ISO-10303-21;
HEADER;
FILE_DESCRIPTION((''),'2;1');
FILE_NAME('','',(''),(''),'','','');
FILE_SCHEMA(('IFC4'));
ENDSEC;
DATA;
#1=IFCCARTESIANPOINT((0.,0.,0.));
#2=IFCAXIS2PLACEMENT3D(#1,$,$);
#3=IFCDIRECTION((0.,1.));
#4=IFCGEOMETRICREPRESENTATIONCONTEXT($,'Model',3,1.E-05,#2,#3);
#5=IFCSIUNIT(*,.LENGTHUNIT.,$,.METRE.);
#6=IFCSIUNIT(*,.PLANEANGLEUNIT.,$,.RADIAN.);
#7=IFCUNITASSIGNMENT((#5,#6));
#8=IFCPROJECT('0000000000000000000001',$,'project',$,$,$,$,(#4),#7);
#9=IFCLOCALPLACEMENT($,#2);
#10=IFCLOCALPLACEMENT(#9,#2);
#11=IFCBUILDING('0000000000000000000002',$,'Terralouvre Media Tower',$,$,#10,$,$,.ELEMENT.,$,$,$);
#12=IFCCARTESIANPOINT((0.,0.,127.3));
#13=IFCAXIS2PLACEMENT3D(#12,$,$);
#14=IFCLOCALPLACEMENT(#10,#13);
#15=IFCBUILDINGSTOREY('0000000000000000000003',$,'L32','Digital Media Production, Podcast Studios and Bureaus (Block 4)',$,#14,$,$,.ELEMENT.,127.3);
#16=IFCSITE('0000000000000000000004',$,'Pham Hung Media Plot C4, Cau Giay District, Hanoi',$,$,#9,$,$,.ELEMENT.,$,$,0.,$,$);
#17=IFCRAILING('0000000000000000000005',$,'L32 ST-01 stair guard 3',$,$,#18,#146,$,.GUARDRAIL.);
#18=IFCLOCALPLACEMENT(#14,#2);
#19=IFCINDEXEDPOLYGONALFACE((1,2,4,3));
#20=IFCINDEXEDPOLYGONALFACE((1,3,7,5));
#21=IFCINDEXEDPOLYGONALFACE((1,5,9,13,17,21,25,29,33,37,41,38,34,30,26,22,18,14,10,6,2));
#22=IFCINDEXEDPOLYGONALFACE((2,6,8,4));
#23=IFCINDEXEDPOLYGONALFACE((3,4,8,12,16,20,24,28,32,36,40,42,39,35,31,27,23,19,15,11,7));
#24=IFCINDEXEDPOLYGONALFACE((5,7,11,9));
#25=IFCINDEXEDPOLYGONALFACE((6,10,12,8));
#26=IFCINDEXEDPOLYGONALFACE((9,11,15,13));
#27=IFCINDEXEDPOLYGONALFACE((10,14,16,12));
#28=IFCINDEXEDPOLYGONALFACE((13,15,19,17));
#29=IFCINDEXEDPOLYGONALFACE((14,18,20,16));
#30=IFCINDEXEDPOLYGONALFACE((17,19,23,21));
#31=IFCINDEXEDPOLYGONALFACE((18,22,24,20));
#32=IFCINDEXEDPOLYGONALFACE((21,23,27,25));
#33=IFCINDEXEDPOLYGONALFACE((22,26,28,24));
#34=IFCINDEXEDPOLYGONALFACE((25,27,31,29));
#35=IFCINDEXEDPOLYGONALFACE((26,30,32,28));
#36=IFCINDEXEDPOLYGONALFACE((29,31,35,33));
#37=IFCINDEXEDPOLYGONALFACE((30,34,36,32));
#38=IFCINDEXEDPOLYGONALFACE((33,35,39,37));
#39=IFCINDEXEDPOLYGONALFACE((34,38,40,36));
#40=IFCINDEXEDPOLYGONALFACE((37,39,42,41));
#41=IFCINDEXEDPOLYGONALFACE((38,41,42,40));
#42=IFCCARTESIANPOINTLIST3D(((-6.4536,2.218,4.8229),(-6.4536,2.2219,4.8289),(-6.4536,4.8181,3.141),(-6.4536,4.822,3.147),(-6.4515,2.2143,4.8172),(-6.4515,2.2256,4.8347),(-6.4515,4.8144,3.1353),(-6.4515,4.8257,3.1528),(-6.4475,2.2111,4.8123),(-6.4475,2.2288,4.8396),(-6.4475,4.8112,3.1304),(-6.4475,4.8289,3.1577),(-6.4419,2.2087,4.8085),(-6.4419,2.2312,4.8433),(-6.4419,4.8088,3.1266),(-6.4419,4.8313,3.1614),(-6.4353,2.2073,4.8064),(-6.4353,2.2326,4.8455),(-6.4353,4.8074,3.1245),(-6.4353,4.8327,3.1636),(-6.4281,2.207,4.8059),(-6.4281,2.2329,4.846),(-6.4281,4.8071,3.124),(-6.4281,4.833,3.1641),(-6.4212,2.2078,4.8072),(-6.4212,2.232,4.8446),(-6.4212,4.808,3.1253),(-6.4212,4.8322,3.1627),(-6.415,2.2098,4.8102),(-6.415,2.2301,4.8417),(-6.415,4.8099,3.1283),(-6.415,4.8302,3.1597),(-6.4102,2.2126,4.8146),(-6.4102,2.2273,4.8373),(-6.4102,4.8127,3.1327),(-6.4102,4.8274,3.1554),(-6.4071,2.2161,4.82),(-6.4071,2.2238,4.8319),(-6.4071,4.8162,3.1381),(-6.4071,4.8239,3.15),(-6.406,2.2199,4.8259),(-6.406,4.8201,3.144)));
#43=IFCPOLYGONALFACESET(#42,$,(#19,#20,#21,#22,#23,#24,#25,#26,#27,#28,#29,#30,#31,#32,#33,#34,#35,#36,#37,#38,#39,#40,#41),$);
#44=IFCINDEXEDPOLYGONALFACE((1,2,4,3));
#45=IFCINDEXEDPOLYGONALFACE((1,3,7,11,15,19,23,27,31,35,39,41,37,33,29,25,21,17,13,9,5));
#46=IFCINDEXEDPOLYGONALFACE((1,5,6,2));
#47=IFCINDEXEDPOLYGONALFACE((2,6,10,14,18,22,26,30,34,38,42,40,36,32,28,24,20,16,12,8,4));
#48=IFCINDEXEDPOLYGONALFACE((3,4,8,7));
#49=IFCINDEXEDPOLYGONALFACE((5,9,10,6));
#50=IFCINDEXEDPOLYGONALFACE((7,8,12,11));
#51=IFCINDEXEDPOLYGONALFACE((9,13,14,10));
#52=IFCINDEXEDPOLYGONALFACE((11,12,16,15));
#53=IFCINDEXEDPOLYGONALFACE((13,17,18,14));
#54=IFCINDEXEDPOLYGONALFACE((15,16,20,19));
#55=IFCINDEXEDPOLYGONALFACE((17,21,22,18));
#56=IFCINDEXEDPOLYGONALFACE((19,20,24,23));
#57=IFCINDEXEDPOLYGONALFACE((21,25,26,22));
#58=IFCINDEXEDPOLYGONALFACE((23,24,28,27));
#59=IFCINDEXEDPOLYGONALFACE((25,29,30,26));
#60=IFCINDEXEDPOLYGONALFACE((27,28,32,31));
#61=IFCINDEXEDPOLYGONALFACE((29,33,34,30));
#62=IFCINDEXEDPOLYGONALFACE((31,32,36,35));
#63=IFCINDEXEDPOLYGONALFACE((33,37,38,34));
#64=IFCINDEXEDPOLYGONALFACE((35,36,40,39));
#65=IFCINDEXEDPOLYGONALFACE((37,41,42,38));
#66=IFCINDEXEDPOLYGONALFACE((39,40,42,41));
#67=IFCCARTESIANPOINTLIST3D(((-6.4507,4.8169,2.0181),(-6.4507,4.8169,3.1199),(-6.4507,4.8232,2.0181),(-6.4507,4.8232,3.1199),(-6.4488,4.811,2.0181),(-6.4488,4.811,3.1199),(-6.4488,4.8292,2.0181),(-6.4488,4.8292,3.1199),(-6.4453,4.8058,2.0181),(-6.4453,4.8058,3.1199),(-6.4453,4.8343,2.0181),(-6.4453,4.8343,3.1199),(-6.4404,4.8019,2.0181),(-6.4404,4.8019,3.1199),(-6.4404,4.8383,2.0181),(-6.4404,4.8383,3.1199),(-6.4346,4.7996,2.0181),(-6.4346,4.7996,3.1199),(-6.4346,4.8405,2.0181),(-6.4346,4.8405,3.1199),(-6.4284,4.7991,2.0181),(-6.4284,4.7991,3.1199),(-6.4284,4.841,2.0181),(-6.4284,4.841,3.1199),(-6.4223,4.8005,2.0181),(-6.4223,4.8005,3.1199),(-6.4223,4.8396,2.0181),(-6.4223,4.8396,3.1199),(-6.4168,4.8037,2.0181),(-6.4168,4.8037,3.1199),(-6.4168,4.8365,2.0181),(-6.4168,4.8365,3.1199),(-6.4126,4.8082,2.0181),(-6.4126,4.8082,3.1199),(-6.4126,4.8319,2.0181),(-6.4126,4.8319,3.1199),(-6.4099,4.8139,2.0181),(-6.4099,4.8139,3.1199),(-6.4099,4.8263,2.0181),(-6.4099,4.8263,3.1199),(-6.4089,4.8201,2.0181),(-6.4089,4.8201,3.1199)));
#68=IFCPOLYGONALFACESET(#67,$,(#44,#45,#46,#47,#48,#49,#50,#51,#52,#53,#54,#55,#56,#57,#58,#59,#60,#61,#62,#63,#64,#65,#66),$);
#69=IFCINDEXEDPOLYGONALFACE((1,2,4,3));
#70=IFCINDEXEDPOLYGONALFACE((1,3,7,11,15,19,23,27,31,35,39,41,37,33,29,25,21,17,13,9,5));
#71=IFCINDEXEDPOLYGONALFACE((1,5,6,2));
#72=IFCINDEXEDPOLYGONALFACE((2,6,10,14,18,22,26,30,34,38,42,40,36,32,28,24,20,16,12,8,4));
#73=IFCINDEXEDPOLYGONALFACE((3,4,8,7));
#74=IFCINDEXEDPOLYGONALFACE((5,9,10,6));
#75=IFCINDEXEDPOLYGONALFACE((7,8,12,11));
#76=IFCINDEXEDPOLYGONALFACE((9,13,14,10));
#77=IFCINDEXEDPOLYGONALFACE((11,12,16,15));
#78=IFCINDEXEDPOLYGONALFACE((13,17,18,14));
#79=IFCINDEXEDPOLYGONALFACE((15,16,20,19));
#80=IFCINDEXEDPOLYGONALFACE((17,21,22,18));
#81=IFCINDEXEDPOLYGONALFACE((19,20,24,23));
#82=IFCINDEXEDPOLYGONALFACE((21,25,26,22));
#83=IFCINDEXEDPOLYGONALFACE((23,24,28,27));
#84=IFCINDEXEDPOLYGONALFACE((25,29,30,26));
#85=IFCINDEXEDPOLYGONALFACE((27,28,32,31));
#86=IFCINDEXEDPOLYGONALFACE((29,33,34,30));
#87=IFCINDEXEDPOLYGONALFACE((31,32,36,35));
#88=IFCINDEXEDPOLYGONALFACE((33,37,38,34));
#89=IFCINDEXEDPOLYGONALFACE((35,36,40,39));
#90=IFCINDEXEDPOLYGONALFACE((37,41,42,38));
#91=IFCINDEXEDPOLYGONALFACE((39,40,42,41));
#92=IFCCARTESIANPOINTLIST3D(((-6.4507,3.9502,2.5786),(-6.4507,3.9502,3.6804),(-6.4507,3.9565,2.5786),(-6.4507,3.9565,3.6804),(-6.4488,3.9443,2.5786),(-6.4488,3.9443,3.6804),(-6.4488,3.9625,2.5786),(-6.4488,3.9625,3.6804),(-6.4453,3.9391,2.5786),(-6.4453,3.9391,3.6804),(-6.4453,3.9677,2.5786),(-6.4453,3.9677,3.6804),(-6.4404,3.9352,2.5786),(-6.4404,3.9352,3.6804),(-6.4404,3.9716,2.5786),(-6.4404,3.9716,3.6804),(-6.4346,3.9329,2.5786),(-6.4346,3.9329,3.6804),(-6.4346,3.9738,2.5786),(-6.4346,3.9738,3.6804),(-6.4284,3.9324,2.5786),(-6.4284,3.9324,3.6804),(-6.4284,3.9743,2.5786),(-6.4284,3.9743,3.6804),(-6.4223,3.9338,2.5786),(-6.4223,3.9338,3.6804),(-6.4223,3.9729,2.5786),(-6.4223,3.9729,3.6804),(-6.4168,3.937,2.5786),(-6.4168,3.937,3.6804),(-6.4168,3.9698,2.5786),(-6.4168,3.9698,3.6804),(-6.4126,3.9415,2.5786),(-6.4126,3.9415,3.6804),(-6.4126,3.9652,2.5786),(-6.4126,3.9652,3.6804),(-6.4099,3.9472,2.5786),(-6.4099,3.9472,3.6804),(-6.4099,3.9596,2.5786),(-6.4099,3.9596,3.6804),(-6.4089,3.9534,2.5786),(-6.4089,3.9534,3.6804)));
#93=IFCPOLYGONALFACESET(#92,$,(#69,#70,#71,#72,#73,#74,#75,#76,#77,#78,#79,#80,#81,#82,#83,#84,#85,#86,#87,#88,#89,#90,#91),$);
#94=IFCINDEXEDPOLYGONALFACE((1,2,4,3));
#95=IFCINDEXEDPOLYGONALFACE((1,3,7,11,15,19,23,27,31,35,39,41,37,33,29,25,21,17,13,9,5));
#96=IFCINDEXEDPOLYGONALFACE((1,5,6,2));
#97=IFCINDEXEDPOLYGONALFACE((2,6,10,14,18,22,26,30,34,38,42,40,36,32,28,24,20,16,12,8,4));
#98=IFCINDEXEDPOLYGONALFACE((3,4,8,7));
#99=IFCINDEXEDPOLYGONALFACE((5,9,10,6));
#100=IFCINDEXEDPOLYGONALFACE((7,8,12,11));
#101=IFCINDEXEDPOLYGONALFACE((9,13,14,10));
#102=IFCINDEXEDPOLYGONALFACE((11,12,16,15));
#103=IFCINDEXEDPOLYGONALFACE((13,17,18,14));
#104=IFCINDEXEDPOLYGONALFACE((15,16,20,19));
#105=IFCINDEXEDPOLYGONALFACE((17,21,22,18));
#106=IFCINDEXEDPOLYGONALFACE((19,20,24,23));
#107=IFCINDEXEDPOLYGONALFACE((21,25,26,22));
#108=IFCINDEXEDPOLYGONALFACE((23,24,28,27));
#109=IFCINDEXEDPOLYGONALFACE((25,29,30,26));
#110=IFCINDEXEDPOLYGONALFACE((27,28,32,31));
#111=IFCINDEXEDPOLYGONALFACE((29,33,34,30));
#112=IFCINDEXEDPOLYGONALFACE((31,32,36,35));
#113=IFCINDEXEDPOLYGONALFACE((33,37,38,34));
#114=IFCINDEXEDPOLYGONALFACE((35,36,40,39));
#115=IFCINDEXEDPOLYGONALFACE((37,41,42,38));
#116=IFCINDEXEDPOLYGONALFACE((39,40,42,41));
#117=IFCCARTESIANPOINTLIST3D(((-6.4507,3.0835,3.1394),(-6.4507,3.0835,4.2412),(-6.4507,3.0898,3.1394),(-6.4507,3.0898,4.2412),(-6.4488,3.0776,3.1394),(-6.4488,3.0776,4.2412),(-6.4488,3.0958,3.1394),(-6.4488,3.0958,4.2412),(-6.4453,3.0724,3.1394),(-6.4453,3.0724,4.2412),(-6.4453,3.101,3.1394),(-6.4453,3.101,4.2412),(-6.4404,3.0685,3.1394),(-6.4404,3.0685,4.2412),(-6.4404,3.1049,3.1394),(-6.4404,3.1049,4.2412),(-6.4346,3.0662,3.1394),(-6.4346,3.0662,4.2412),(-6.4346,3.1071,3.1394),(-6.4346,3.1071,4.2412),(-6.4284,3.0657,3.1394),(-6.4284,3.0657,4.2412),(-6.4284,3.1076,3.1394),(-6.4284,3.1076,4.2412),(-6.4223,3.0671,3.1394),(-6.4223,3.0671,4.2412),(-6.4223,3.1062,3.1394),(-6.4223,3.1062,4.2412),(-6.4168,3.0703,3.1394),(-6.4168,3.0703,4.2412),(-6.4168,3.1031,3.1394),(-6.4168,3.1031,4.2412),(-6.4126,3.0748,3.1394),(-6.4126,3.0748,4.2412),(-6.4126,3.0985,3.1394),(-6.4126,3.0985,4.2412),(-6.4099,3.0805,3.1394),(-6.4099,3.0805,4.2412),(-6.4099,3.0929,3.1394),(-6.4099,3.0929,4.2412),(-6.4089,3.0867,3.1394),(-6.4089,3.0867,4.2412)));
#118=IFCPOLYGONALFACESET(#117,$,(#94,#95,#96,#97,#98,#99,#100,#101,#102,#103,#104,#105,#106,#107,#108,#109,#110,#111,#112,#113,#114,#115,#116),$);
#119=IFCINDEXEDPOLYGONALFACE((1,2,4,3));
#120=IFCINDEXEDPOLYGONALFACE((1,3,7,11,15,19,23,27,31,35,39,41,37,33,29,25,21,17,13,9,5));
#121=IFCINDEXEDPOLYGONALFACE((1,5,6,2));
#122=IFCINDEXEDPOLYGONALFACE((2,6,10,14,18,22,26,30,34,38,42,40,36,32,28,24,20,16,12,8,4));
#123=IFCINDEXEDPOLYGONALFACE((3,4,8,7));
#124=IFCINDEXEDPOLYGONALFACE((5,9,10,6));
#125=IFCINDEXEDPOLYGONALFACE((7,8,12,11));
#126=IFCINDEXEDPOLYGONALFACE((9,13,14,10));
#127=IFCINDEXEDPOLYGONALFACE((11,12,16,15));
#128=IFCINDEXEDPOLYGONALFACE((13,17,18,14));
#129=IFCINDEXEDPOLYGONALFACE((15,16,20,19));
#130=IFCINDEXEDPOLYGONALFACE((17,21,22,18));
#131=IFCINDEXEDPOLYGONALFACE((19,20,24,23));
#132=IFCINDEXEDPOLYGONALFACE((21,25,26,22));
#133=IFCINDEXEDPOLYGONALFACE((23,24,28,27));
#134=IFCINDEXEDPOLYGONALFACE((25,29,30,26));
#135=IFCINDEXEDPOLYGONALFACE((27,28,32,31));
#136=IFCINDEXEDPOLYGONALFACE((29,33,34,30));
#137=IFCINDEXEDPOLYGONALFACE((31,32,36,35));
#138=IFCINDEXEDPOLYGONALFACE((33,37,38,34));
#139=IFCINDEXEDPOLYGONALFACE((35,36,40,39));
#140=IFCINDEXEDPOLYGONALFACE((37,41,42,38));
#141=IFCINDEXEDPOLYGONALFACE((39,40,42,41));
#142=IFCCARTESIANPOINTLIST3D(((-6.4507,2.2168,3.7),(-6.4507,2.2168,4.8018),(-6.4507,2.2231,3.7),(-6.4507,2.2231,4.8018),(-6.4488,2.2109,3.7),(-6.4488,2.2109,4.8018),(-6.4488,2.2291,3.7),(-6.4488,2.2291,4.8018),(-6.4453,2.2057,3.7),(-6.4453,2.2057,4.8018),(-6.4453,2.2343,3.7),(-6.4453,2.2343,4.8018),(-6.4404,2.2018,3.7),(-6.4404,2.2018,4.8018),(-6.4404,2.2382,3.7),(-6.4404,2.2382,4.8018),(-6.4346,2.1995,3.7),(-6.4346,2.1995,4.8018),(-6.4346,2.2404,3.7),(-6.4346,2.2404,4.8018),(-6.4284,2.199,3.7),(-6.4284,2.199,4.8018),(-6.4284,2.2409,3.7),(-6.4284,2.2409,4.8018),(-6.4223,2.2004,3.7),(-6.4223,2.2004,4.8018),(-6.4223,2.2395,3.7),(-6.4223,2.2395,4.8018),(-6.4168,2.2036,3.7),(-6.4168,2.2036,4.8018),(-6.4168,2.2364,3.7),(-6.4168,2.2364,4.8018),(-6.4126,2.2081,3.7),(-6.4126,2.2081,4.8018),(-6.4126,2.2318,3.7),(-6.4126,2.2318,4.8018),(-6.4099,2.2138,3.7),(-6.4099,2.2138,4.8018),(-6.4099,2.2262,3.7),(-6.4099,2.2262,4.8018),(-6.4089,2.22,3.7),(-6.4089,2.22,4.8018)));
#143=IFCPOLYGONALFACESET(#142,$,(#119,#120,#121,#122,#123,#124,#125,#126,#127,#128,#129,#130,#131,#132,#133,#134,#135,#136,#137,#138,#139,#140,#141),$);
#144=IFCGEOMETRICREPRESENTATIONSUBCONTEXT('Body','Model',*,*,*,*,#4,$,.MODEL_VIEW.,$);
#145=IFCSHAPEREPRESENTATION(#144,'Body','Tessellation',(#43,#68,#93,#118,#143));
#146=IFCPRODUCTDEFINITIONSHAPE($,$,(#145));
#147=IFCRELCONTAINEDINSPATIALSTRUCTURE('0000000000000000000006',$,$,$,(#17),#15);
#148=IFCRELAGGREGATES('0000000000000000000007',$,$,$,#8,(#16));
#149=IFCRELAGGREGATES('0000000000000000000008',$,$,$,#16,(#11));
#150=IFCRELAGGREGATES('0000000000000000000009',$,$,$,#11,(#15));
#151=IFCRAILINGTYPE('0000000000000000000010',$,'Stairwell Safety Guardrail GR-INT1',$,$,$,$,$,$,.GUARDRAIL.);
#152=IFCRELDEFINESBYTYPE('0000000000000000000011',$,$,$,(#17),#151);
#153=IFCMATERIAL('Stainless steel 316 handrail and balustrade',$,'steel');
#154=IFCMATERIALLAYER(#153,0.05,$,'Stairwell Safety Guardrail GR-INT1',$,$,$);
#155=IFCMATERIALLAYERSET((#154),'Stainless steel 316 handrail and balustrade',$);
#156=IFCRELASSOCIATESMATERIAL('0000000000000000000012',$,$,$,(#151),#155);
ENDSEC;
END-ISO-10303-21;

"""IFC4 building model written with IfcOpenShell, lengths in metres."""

from ifc_helpers import new_model, si_unit, direction, frame, origin, origin_2d, place, context, subcontext, project, spatial, circle, extrude, material, layer, layer_set, type_object, element, save


model = new_model("IFC4")

# Units and contexts
model_context = context("Model", 3, precision=1e-05, world=origin(), true_north=direction((0.0, 1.0)))
body_context = subcontext(model_context, "Body", "Model", "MODEL_VIEW")
ifc_project = project(units=[si_unit("LENGTHUNIT", "METRE"), si_unit("PLANEANGLEUNIT", "RADIAN")], contexts=[model_context])

# Site, building, storey
site_placement = place(None, origin())
site = spatial("IfcSite", under=ifc_project, at=site_placement, Name="Pham Hung Media Plot C4, Cau Giay District, Hanoi", CompositionType="ELEMENT", RefElevation=0.0)
building_placement = place(site_placement, origin())
building = spatial("IfcBuilding", under=site, at=building_placement, Name="Terralouvre Media Tower", CompositionType="ELEMENT")
storey_placement = place(building_placement, frame((0.0, 0.0, 127.3)))
storey = spatial("IfcBuildingStorey", under=building, at=storey_placement, Name="L32", Description="Digital Media Production, Podcast Studios and Bureaus (Block 4)", CompositionType="ELEMENT", Elevation=127.3)

# Railing
ifc_material_1 = material(Name="Stainless steel 316 handrail and balustrade", Category="steel")
ifc_layer_1 = layer(ifc_material_1, 0.05, Name="Stairwell Safety Guardrail GR-INT1")
ifc_layer_set_1 = layer_set([ifc_layer_1], Name="Stainless steel 316 handrail and balustrade")
railing_type_1 = type_object("IfcRailingType", Name="Stairwell Safety Guardrail GR-INT1", PredefinedType="GUARDRAIL", material=ifc_layer_set_1)
railing_1_placement = place(storey_placement, frame((-6.4299, 4.8201, 2.0181)))
element("IfcRailing", 1, at=railing_1_placement, inside=storey, type_object=railing_type_1, Name="L32 ST-01 stair guard 3", PredefinedType="GUARDRAIL", context=body_context, shape_type="SweptSolid", body=[
    extrude(circle(Radius=0.0239, at=origin_2d()), frame((0.0, 0.0, 1.126), z_axis=(0.0, -0.839648, 0.54313), x_axis=(1.0, 0.0, 0.0)), (0.0, 0.0, 1.0), 3.0967),
    extrude(circle(Radius=0.021, at=origin_2d()), origin(), (0.0, 0.0, 1.0), 1.1018),
    extrude(circle(Radius=0.021, at=origin_2d()), frame((0.0, -0.8667, 0.5605)), (0.0, 0.0, 1.0), 1.1018),
    extrude(circle(Radius=0.021, at=origin_2d()), frame((0.0, -1.7334, 1.1213)), (0.0, 0.0, 1.0), 1.1018),
    extrude(circle(Radius=0.021, at=origin_2d()), frame((0.0, -2.6001, 1.6819)), (0.0, 0.0, 1.0), 1.1018),
])

save(model, "model.ifc")
